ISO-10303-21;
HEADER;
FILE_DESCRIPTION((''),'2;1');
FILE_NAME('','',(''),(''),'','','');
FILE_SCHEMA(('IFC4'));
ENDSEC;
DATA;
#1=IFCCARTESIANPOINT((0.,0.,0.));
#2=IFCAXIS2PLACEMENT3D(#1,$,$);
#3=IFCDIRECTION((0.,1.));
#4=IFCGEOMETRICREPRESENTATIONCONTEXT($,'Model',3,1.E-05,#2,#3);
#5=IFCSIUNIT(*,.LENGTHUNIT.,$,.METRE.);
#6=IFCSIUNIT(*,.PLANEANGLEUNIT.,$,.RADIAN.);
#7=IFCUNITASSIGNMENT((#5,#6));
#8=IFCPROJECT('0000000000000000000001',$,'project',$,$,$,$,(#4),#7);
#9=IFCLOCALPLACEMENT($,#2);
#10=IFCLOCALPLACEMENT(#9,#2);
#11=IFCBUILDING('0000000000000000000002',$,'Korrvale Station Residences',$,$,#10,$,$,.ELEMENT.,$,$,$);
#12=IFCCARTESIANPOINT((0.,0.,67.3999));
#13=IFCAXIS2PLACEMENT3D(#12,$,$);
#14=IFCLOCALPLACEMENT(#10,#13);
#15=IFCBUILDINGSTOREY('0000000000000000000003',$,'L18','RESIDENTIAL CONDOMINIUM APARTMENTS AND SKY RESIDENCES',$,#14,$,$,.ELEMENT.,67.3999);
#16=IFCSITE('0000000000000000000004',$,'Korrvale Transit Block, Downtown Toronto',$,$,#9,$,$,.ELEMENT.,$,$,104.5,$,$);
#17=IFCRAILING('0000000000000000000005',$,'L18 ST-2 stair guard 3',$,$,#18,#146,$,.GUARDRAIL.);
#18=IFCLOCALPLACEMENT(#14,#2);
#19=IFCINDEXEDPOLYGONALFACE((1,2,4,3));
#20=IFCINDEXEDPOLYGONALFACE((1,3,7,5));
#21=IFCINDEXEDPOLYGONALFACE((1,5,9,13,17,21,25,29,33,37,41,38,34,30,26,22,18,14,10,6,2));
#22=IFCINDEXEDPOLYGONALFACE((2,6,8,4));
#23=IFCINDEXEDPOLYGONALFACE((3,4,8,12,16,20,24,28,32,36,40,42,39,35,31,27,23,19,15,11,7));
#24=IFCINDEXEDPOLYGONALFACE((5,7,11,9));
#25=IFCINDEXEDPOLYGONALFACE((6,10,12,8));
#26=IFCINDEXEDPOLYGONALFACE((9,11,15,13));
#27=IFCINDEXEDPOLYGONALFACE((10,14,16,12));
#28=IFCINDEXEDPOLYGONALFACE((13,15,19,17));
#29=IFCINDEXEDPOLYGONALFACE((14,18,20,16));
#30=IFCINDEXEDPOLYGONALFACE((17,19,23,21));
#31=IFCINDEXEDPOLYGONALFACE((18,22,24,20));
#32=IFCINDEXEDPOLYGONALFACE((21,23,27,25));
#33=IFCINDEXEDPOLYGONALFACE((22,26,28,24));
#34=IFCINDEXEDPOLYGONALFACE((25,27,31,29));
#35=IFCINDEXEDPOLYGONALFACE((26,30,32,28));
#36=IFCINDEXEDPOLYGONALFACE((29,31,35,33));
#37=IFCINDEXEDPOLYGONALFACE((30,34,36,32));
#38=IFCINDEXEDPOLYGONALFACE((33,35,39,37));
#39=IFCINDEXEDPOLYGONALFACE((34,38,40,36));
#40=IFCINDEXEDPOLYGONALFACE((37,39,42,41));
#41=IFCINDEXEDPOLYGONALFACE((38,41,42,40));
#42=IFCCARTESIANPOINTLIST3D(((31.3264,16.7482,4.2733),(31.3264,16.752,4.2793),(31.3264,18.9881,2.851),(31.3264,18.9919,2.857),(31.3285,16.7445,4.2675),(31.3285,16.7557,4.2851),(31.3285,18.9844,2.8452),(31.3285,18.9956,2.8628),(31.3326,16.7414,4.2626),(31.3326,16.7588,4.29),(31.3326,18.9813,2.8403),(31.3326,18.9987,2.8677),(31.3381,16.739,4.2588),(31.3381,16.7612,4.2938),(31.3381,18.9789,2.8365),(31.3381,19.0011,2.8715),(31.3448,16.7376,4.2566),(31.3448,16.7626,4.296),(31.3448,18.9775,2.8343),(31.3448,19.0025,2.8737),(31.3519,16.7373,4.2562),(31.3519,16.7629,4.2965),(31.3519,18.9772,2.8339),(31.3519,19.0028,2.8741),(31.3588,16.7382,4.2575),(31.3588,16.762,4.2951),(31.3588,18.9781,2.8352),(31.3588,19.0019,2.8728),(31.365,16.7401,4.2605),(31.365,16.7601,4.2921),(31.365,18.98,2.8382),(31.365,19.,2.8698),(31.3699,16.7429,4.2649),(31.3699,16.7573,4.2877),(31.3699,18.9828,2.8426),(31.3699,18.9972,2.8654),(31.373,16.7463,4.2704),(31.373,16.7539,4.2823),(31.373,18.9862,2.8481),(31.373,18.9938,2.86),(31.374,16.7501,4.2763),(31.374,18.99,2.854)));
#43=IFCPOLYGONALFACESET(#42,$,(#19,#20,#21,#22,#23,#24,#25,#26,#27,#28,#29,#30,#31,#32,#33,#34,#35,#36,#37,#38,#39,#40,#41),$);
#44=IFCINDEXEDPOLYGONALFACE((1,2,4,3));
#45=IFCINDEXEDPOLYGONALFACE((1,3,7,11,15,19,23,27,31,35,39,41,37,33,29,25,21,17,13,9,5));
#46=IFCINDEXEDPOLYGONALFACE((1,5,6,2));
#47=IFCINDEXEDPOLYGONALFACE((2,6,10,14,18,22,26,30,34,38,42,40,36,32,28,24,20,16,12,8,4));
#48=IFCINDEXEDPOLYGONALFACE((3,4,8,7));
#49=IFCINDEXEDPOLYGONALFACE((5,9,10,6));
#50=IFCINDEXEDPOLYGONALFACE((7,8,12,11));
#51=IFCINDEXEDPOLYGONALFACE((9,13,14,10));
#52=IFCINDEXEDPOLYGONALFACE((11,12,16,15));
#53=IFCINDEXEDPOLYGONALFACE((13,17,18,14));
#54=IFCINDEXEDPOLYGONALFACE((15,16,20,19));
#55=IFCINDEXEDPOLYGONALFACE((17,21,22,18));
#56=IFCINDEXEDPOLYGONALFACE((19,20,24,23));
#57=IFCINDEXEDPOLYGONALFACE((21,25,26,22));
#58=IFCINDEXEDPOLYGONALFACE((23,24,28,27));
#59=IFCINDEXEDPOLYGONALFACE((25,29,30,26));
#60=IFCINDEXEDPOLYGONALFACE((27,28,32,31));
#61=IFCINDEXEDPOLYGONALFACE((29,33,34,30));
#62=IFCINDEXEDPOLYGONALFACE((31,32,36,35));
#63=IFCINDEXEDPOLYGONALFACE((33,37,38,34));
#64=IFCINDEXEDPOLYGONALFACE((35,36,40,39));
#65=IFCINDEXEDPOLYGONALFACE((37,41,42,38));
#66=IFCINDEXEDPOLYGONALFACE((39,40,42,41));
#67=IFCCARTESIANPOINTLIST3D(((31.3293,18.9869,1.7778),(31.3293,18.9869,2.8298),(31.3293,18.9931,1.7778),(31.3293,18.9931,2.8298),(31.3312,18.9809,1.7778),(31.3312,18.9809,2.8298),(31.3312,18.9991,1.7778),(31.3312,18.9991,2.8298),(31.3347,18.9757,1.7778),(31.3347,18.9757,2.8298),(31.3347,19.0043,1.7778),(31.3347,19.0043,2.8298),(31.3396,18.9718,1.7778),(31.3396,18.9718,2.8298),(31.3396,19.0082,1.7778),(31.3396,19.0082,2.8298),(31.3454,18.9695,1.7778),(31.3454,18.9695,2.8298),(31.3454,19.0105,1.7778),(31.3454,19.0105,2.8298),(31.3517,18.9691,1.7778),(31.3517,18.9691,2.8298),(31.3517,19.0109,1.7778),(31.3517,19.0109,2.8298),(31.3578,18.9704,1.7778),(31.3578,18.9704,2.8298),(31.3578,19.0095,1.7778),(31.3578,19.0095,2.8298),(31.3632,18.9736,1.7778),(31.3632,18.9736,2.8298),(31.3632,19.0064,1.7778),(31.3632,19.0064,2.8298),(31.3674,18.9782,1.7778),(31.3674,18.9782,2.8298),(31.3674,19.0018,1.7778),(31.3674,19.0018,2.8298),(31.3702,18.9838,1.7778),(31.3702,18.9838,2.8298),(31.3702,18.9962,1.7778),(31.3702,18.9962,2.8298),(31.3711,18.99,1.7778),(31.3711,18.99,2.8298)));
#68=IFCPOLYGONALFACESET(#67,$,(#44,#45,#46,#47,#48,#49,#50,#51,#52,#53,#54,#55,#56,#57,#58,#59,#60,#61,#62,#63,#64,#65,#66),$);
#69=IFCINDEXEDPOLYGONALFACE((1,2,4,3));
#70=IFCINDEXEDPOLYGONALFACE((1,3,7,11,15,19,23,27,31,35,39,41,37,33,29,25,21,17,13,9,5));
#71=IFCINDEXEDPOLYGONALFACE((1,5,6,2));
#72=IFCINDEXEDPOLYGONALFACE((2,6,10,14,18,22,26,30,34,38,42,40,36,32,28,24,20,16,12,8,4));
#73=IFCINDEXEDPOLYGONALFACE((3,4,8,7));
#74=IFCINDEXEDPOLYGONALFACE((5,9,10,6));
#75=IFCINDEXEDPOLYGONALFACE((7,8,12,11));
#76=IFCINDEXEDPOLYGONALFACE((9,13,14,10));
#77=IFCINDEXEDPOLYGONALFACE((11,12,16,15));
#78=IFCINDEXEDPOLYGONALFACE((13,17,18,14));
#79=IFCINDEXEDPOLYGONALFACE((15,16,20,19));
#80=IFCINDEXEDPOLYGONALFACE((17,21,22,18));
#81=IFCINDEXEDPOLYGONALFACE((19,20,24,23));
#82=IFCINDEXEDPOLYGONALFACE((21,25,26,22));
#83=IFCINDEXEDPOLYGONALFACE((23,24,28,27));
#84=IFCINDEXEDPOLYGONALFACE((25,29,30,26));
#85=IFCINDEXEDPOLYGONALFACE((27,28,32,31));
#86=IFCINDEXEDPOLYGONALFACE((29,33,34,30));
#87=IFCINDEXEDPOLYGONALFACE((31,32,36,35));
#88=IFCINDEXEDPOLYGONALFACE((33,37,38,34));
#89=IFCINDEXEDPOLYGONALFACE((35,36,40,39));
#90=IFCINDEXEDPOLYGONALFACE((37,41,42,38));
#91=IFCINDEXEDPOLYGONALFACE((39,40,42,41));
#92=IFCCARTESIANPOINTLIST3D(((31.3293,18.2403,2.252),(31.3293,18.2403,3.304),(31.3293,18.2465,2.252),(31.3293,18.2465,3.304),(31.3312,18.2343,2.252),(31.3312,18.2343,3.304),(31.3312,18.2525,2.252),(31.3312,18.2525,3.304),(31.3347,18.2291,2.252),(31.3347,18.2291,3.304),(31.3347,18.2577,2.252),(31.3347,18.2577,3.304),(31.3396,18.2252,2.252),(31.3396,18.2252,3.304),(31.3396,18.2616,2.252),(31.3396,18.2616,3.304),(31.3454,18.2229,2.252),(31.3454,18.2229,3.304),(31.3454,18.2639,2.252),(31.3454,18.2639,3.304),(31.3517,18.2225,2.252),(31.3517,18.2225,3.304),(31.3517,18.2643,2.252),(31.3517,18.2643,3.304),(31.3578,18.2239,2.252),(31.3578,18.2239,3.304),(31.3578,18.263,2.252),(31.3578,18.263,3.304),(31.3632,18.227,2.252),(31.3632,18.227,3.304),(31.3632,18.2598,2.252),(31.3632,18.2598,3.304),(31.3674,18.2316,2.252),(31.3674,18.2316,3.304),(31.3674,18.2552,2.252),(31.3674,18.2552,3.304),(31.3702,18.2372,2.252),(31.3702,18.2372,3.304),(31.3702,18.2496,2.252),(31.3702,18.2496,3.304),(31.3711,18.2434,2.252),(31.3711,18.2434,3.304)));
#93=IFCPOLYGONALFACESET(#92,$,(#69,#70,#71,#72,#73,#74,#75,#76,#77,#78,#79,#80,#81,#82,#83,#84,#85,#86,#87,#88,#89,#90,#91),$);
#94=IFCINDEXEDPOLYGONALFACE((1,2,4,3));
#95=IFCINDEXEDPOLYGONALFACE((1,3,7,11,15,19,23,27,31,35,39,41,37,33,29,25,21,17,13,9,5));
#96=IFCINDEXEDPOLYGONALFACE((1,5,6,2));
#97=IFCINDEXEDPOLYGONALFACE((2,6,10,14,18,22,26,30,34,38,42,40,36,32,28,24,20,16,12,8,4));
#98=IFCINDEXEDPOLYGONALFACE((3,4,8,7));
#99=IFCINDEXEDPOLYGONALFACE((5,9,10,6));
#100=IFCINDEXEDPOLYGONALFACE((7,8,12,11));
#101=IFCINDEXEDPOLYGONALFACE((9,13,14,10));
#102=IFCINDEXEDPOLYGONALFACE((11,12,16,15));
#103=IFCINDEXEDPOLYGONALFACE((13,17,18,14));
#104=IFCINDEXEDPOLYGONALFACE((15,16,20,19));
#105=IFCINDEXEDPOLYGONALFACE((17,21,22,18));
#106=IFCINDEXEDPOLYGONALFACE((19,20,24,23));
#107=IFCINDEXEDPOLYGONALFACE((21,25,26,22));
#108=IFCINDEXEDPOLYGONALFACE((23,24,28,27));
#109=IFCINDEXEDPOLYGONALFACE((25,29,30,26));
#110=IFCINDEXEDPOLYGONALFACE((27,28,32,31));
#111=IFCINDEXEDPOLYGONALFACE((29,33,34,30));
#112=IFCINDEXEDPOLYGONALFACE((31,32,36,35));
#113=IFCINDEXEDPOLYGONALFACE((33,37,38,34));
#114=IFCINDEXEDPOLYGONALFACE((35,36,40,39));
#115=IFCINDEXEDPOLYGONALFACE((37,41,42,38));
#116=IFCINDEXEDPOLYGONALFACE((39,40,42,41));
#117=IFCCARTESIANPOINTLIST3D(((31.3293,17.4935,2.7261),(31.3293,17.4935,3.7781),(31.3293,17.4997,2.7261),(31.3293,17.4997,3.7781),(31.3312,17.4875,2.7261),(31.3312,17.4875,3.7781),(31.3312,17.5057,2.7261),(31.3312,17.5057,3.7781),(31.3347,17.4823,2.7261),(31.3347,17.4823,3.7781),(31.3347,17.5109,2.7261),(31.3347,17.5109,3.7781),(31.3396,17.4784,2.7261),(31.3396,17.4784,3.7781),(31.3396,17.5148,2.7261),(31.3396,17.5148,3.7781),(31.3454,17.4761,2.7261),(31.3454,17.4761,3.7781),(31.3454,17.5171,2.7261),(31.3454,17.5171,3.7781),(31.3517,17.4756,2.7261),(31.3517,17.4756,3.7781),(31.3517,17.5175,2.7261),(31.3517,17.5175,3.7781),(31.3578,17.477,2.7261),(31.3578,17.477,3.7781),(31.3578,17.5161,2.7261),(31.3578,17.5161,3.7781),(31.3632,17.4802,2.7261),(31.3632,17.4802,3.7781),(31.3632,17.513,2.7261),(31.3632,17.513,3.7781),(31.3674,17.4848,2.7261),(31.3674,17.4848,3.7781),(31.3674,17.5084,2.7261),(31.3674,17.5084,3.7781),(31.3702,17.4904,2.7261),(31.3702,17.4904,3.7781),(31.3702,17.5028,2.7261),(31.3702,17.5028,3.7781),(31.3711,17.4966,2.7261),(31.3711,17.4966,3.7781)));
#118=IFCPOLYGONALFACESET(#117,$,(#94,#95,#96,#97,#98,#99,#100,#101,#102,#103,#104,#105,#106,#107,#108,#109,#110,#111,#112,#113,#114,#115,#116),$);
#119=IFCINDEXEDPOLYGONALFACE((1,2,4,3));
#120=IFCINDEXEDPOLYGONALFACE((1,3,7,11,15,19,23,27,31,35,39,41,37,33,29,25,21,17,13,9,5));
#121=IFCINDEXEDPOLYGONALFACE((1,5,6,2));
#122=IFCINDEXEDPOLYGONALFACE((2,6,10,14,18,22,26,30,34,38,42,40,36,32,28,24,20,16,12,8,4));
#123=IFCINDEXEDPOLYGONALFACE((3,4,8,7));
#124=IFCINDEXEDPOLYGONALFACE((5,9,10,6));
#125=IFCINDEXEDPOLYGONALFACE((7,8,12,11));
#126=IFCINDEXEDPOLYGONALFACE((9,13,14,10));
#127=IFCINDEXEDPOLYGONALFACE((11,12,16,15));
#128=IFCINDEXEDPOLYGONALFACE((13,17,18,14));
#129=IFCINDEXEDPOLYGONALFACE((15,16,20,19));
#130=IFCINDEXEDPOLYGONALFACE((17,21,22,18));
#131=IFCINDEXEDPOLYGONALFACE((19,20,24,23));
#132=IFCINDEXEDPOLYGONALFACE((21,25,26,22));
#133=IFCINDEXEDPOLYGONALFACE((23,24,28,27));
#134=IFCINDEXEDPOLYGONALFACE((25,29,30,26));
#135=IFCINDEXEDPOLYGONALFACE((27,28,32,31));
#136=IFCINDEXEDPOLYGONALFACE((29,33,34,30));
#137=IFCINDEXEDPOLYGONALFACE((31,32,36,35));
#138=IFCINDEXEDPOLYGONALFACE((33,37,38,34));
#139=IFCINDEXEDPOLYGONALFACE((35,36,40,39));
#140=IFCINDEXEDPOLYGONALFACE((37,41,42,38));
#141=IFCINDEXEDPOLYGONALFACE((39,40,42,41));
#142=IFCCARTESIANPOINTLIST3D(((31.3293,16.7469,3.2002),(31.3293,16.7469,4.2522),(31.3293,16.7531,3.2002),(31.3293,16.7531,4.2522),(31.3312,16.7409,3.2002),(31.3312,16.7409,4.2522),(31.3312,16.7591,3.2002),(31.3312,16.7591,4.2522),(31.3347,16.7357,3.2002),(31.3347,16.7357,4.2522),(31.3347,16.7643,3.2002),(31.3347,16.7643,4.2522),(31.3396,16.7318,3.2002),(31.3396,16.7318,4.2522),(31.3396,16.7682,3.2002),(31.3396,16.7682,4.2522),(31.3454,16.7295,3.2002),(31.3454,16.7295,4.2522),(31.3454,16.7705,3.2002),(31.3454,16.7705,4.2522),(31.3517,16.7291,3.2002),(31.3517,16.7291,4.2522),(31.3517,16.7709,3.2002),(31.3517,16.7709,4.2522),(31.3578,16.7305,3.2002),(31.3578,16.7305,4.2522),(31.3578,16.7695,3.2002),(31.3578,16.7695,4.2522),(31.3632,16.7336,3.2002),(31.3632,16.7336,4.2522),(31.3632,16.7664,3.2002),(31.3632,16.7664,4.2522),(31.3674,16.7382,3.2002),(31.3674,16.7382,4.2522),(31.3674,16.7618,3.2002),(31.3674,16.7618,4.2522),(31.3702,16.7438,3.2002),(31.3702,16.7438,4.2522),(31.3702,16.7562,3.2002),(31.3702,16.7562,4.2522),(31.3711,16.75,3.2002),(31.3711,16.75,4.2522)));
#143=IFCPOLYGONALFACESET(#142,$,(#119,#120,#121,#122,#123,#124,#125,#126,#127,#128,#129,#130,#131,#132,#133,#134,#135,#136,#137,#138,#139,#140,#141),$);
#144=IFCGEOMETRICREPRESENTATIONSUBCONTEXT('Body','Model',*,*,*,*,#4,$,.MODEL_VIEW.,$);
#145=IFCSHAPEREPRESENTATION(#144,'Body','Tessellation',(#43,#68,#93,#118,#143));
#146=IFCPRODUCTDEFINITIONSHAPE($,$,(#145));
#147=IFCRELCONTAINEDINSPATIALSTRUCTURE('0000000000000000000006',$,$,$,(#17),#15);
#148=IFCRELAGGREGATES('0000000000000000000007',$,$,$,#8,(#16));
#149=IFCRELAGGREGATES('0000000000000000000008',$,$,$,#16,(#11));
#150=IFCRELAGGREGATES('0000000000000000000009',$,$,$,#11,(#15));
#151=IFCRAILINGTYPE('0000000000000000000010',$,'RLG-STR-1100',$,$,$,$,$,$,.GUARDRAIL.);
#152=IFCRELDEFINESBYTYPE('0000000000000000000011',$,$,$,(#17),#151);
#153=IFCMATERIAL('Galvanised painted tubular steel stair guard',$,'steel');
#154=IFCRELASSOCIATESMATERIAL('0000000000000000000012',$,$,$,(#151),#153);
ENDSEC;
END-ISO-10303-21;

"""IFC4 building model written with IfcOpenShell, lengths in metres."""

from ifc_helpers import new_model, si_unit, direction, frame, origin, origin_2d, place, context, subcontext, project, spatial, circle, extrude, material, type_object, element, save


model = new_model("IFC4")

# Units and contexts
model_context = context("Model", 3, precision=1e-05, world=origin(), true_north=direction((0.0, 1.0)))
body_context = subcontext(model_context, "Body", "Model", "MODEL_VIEW")
ifc_project = project(units=[si_unit("LENGTHUNIT", "METRE"), si_unit("PLANEANGLEUNIT", "RADIAN")], contexts=[model_context])

# Site, building, storey
site_placement = place(None, origin())
site = spatial("IfcSite", under=ifc_project, at=site_placement, Name="Korrvale Transit Block, Downtown Toronto", CompositionType="ELEMENT", RefElevation=104.5)
building_placement = place(site_placement, origin())
building = spatial("IfcBuilding", under=site, at=building_placement, Name="Korrvale Station Residences", CompositionType="ELEMENT")
storey_placement = place(building_placement, frame((0.0, 0.0, 67.3999)))
storey = spatial("IfcBuildingStorey", under=building, at=storey_placement, Name="L18", Description="RESIDENTIAL CONDOMINIUM APARTMENTS AND SKY RESIDENCES", CompositionType="ELEMENT", Elevation=67.3999)

# Railing
ifc_material_1 = material(Name="Galvanised painted tubular steel stair guard", Category="steel")
railing_type_1 = type_object("IfcRailingType", Name="RLG-STR-1100", PredefinedType="GUARDRAIL", material=ifc_material_1)
railing_1_placement = place(storey_placement, frame((31.3501, 18.99, 1.7778)))
element("IfcRailing", 1, at=railing_1_placement, inside=storey, type_object=railing_type_1, Name="L18 ST-2 stair guard 3", PredefinedType="GUARDRAIL", context=body_context, shape_type="SweptSolid", body=[
    extrude(circle(Radius=0.0239, at=origin_2d()), frame((0.0, 0.0, 1.0762), z_axis=(0.0, -0.844188, 0.536048), x_axis=(1.0, 0.0, 0.0)), (0.0, 0.0, 1.0), 2.6533),
    extrude(circle(Radius=0.021, at=origin_2d()), origin(), (0.0, 0.0, 1.0), 1.052),
    extrude(circle(Radius=0.021, at=origin_2d()), frame((0.0, -0.7466, 0.4741)), (0.0, 0.0, 1.0), 1.052),
    extrude(circle(Radius=0.021, at=origin_2d()), frame((0.0, -1.4934, 0.9482)), (0.0, 0.0, 1.0), 1.052),
    extrude(circle(Radius=0.021, at=origin_2d()), frame((0.0, -2.24, 1.4224)), (0.0, 0.0, 1.0), 1.052),
])

save(model, "model.ifc")
